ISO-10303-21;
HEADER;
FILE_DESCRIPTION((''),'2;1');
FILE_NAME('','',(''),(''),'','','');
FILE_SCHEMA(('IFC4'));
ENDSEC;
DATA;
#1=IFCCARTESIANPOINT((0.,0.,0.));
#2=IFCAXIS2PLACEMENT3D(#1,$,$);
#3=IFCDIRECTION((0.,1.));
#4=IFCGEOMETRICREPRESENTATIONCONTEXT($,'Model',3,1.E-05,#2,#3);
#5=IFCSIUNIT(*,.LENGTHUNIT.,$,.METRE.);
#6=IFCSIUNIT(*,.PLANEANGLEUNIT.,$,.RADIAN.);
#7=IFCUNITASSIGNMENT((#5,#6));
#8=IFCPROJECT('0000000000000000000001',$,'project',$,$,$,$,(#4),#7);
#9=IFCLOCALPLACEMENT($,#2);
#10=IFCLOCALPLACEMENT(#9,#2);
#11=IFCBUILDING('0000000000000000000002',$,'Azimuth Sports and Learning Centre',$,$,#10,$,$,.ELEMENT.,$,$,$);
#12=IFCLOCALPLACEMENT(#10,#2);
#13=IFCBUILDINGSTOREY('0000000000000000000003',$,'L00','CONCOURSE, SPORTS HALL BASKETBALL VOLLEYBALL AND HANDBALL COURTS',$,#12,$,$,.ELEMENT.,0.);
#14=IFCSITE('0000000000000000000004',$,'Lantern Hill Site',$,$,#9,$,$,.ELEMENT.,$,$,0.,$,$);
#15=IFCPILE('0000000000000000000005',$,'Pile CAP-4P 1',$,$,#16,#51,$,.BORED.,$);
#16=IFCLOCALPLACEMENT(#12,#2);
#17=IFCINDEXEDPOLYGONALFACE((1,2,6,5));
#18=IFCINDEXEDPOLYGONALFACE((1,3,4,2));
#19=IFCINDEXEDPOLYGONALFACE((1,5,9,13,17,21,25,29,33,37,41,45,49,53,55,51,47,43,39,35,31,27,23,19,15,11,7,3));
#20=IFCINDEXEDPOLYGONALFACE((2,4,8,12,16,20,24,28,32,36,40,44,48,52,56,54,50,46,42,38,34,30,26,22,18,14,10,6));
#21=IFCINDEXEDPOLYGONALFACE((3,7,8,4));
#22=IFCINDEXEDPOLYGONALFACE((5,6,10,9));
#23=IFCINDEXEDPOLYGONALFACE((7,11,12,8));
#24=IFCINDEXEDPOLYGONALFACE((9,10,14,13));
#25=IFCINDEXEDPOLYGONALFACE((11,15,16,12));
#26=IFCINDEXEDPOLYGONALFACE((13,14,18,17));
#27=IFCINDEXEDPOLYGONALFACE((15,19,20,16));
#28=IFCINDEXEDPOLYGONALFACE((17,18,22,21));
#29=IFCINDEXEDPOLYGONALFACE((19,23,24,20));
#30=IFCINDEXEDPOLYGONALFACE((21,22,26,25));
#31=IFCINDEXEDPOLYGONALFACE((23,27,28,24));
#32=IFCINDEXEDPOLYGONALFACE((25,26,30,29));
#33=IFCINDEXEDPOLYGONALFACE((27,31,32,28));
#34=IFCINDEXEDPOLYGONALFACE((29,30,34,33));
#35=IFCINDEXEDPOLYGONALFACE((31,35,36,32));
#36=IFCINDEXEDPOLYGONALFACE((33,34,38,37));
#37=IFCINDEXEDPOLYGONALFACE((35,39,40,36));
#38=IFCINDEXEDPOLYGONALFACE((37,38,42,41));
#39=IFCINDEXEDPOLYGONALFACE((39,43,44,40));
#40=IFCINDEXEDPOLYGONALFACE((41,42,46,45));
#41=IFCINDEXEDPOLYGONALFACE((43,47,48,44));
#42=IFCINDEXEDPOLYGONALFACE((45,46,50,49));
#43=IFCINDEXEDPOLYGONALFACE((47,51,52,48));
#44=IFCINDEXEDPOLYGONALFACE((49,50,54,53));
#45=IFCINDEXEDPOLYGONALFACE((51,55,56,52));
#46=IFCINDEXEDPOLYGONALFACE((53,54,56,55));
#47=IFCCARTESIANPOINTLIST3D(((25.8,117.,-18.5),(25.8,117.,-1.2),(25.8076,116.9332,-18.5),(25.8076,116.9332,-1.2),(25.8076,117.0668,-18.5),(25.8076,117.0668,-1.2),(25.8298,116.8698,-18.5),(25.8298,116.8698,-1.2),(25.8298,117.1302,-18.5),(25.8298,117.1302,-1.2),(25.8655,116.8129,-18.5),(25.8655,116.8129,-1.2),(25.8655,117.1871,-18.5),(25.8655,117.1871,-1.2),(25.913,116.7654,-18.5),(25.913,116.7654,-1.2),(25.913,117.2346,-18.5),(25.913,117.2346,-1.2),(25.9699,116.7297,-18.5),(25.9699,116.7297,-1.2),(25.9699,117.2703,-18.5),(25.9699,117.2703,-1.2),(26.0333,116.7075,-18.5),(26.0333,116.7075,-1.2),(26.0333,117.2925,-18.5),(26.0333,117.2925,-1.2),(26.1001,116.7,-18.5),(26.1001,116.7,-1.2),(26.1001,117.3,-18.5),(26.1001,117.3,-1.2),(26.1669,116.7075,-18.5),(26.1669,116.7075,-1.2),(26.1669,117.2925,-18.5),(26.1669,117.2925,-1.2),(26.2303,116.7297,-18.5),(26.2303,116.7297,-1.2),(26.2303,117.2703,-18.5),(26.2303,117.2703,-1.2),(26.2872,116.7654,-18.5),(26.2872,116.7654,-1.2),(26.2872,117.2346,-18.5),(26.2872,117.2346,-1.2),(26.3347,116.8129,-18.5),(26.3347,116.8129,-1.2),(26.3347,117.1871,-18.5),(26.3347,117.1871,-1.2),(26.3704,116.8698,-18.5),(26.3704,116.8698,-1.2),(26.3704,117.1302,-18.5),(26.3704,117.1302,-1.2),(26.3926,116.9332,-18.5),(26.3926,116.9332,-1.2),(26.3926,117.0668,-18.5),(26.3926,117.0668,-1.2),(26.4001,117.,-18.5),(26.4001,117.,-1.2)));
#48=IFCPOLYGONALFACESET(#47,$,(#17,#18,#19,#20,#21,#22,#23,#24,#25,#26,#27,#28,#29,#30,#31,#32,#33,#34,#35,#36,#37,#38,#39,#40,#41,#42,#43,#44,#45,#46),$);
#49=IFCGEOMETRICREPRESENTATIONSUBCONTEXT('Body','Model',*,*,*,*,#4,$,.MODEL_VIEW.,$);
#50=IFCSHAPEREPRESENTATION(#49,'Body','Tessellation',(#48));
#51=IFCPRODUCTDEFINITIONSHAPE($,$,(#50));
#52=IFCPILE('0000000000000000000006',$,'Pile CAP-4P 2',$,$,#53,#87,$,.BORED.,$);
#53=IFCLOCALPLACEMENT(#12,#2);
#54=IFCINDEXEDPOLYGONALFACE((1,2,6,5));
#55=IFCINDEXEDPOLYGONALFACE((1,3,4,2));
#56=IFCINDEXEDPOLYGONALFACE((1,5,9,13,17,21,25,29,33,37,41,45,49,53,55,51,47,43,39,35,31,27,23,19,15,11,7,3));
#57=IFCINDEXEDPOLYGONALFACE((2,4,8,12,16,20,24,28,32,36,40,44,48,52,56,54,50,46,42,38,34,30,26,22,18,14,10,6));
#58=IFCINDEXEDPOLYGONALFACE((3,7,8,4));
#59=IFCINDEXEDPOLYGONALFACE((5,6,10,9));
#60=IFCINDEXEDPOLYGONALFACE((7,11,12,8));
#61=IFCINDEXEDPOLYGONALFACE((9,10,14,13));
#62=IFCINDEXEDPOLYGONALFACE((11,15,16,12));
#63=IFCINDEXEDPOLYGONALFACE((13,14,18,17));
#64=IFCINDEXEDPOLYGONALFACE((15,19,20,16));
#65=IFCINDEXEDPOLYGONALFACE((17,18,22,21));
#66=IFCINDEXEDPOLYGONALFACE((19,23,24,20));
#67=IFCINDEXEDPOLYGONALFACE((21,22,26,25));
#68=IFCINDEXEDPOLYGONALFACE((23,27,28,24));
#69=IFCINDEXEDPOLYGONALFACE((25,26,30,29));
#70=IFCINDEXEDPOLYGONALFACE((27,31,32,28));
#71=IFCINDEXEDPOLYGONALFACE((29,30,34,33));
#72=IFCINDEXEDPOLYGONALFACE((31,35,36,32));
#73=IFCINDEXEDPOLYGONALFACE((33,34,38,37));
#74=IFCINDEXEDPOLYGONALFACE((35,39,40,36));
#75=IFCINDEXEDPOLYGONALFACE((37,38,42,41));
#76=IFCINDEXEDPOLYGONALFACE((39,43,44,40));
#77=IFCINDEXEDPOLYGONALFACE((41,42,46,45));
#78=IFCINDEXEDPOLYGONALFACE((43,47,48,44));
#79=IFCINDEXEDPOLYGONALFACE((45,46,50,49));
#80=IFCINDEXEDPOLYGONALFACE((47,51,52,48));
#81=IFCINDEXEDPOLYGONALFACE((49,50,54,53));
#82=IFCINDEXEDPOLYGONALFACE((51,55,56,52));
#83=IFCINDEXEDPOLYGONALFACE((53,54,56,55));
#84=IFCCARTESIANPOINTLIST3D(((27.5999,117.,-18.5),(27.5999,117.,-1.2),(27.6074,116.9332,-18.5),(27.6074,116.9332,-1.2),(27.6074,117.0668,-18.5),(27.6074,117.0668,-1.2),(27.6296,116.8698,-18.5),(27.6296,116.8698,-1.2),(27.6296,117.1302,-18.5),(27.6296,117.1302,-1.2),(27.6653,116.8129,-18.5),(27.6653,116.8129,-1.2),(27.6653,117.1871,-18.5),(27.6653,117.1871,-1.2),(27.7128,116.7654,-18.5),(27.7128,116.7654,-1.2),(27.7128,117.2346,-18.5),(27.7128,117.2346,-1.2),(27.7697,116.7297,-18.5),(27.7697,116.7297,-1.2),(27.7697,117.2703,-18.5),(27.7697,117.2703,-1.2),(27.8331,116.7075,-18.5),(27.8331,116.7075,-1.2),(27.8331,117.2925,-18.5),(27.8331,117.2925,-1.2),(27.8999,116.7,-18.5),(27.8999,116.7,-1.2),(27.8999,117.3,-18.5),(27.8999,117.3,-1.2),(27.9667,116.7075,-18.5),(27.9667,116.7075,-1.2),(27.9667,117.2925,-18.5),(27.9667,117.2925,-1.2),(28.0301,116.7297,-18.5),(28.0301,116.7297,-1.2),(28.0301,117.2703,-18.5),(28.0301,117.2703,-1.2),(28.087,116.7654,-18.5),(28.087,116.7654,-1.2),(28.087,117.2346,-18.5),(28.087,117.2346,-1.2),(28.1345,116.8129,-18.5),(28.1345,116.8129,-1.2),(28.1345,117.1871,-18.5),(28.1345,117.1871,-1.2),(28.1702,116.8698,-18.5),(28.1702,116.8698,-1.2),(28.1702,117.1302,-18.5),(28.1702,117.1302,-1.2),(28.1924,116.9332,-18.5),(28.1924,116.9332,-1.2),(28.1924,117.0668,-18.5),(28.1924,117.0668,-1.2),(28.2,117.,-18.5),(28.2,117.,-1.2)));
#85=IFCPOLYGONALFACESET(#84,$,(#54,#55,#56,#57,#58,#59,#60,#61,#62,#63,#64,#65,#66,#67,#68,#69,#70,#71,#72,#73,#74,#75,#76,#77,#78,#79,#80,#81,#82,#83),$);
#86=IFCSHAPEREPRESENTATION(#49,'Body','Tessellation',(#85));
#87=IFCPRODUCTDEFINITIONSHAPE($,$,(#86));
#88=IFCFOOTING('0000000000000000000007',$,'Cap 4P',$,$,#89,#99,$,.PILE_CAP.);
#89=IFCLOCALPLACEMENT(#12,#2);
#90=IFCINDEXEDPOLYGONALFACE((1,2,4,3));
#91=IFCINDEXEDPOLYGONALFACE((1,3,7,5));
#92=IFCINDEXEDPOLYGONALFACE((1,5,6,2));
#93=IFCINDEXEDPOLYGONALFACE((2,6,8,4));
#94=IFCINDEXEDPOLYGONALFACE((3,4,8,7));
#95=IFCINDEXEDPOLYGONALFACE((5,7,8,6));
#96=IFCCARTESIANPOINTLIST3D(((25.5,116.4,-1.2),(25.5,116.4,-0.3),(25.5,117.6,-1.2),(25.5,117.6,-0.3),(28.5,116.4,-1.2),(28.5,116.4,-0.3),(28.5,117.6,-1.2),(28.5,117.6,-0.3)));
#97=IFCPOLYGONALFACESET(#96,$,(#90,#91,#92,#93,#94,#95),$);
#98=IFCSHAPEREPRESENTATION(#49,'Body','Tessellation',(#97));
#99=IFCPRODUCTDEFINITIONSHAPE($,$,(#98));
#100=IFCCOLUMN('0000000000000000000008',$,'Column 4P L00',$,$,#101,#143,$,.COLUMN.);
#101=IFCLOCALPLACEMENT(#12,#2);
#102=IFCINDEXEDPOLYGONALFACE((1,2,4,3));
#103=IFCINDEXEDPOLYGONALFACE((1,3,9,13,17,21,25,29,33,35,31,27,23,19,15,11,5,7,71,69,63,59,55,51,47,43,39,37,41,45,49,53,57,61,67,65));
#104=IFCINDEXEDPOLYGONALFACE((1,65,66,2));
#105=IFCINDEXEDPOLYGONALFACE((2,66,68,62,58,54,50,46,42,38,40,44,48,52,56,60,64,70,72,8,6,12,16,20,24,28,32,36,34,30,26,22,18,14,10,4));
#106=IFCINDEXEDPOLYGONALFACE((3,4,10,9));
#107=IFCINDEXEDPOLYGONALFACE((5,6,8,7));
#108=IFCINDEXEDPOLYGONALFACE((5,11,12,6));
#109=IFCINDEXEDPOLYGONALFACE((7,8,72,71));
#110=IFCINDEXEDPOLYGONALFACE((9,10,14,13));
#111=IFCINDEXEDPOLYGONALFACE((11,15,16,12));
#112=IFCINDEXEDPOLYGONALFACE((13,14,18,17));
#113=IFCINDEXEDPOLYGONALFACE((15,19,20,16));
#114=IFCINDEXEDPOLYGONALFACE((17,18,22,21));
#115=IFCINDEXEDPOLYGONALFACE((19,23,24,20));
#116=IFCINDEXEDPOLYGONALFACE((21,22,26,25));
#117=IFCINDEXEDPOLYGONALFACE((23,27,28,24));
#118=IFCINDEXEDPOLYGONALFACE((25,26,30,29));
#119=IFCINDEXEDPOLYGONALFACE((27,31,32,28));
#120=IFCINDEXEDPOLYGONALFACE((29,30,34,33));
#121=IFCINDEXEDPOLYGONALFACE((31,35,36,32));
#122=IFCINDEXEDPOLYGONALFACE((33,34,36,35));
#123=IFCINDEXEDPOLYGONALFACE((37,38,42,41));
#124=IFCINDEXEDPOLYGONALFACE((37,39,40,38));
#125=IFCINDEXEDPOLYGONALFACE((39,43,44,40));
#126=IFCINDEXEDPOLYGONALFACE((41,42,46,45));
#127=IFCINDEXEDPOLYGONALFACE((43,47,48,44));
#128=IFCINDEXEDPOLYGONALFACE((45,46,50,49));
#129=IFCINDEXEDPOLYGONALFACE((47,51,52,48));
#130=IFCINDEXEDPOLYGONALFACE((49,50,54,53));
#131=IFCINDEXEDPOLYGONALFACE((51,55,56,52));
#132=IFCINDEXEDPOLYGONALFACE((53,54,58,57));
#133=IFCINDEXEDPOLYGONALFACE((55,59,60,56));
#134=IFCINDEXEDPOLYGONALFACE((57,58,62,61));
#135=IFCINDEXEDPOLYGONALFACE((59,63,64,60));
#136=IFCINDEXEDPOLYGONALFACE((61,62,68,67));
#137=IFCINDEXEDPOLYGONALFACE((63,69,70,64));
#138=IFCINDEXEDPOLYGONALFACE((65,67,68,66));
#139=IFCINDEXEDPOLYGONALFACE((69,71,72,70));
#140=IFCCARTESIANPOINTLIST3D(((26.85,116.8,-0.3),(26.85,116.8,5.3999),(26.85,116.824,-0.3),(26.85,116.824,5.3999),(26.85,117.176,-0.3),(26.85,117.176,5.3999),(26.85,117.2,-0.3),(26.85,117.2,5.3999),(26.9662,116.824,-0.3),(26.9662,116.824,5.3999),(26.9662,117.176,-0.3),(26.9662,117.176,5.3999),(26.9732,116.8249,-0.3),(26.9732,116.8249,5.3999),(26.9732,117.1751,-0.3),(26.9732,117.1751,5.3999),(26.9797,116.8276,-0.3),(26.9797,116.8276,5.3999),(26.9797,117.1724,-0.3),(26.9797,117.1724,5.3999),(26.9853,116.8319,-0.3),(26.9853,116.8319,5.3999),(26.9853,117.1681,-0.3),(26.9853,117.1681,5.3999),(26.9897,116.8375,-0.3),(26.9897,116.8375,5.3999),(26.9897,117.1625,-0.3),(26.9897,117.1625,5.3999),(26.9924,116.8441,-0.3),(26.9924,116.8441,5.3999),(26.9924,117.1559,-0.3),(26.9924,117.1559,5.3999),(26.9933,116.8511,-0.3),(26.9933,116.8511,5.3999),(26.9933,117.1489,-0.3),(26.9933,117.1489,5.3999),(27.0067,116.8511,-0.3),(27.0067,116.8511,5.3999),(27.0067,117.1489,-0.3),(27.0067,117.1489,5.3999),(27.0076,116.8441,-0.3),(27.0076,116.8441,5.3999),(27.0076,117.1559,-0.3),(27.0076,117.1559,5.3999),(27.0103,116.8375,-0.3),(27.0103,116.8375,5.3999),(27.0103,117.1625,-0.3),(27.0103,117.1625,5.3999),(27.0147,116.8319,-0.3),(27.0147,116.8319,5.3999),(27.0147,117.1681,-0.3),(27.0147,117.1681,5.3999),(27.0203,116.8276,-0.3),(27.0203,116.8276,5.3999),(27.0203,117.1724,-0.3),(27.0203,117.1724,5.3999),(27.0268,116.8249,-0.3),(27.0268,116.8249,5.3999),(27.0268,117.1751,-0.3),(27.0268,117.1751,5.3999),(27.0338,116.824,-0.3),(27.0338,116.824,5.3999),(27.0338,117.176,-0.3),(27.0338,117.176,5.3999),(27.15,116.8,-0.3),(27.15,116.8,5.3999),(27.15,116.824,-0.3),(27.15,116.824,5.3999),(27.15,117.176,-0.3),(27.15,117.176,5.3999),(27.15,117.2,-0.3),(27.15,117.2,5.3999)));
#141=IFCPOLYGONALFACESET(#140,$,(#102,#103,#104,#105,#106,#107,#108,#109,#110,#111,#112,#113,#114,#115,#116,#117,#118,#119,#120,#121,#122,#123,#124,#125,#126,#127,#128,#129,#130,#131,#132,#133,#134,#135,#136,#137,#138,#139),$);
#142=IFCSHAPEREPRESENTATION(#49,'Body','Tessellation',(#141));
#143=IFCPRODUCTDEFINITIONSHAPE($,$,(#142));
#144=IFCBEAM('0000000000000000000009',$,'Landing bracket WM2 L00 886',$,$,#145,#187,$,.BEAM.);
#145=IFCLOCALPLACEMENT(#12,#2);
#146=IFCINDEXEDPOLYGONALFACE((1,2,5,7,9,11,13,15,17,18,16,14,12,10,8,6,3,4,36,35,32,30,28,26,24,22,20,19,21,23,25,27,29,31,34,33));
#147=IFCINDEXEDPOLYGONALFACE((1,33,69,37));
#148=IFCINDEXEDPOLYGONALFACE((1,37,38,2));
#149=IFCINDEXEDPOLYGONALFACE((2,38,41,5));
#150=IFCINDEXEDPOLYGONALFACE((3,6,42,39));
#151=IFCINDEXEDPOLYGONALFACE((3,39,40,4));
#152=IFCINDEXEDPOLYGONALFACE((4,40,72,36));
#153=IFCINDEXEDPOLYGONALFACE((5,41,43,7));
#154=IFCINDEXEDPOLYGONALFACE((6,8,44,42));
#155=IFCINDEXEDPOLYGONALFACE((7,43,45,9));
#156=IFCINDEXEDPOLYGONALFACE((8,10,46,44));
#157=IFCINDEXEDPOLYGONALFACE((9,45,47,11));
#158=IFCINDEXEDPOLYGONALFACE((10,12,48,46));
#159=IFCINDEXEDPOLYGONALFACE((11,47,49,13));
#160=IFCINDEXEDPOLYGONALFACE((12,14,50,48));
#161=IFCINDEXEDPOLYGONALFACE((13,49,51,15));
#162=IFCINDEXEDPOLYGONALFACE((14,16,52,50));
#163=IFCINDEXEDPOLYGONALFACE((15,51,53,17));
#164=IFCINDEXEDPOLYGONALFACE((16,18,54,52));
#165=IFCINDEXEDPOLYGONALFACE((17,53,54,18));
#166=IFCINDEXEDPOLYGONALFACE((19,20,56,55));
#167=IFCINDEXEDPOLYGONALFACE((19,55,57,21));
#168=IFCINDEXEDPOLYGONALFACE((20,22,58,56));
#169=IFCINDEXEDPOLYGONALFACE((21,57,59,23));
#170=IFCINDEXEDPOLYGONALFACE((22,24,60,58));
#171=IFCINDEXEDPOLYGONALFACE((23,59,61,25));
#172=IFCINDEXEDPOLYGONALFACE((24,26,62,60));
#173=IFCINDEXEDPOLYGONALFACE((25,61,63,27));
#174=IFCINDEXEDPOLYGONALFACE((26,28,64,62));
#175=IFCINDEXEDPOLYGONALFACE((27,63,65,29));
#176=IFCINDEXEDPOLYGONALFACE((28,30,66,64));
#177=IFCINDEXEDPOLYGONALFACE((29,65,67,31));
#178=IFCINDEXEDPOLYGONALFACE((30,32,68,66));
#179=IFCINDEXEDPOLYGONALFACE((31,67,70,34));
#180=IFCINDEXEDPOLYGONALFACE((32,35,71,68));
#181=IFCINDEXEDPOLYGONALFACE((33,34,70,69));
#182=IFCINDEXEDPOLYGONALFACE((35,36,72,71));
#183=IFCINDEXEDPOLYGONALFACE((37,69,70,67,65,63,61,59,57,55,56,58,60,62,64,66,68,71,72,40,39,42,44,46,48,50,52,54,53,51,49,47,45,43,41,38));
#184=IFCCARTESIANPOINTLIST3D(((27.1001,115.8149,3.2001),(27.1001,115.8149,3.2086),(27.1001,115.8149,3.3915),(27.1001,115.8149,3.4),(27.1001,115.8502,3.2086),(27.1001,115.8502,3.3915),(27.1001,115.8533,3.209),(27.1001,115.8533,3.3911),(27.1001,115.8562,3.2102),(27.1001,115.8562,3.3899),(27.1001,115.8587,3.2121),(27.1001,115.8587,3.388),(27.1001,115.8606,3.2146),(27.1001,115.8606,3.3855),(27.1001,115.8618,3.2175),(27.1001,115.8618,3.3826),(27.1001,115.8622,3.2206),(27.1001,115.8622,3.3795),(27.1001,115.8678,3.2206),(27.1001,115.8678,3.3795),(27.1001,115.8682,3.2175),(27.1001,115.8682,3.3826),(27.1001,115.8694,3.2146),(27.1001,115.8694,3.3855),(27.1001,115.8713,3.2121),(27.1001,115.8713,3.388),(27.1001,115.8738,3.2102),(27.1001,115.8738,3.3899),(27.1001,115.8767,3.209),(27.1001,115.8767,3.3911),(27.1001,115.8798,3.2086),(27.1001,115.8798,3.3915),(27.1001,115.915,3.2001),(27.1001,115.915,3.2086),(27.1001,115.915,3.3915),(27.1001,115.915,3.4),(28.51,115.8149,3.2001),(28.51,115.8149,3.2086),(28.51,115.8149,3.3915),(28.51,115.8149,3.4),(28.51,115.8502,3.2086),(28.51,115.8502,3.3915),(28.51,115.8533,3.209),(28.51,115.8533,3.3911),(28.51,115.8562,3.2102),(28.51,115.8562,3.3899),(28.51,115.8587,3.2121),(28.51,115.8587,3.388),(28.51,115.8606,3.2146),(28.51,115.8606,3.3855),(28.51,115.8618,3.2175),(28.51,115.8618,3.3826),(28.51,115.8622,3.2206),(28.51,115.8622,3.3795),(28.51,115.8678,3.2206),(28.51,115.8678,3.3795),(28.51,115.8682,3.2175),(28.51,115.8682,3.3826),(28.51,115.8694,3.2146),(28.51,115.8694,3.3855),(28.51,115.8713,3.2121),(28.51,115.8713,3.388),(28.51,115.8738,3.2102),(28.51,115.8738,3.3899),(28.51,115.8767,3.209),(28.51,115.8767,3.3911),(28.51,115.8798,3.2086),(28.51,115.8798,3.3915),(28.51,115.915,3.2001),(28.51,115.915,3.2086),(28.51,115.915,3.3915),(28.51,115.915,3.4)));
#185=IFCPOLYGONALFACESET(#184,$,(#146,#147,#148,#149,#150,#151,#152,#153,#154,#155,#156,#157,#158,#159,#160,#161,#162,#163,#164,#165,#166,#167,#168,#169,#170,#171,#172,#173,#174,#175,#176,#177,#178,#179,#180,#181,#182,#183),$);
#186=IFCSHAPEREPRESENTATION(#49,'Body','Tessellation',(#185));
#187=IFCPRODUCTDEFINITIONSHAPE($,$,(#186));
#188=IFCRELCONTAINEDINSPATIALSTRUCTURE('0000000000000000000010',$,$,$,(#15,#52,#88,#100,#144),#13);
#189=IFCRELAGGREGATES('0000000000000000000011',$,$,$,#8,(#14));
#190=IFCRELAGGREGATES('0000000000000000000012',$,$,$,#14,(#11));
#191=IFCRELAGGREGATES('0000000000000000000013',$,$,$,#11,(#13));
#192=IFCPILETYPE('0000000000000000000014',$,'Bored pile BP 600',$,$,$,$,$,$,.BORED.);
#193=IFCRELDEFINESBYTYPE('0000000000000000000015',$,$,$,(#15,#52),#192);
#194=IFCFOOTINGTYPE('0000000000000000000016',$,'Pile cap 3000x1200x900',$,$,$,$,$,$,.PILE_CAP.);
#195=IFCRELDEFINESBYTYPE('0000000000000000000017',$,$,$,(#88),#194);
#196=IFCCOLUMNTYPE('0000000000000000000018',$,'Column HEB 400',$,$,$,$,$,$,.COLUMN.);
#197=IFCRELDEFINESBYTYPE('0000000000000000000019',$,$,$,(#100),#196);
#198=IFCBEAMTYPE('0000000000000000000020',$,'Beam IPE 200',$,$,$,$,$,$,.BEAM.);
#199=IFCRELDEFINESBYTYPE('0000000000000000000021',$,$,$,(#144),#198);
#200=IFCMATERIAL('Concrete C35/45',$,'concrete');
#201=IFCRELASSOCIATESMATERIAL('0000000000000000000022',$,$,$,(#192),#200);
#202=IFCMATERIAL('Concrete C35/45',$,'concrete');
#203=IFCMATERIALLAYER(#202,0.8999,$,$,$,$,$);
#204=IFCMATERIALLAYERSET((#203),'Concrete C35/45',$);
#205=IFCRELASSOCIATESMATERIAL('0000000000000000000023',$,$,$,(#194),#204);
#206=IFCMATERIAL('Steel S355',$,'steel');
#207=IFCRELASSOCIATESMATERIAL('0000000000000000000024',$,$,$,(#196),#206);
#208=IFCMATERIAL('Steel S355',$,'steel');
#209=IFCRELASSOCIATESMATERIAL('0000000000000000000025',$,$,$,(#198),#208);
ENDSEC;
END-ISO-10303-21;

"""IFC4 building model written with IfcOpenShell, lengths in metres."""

from ifc_helpers import new_model, si_unit, direction, frame, origin, origin_2d, place, context, subcontext, project, spatial, rectangle, circle, i_section, extrude, material, layer, layer_set, material_profile, profile_set, type_object, element, save


model = new_model("IFC4")

# Units and contexts
model_context = context("Model", 3, precision=1e-05, world=origin(), true_north=direction((0.0, 1.0)))
body_context = subcontext(model_context, "Body", "Model", "MODEL_VIEW")
ifc_project = project(units=[si_unit("LENGTHUNIT", "METRE"), si_unit("PLANEANGLEUNIT", "RADIAN")], contexts=[model_context])

# Site, building, storey
site_placement = place(None, origin())
site = spatial("IfcSite", under=ifc_project, at=site_placement, Name="Lantern Hill Site", CompositionType="ELEMENT", RefElevation=0.0)
building_placement = place(site_placement, origin())
building = spatial("IfcBuilding", under=site, at=building_placement, Name="Azimuth Sports and Learning Centre", CompositionType="ELEMENT")
storey_placement = place(building_placement, origin())
storey = spatial("IfcBuildingStorey", under=building, at=storey_placement, Name="L00", Description="CONCOURSE, SPORTS HALL BASKETBALL VOLLEYBALL AND HANDBALL COURTS", CompositionType="ELEMENT", Elevation=0.0)

# Piles
ifc_material_1 = material(Name="Concrete C35/45", Category="concrete")
ifc_material_profile_1 = material_profile(ifc_material_1, circle(Radius=0.3, at=origin_2d()), Name="BP 600")
ifc_profile_set_1 = profile_set([ifc_material_profile_1], Name="Concrete C35/45")
pile_type = type_object("IfcPileType", Name="Bored pile BP 600", PredefinedType="BORED", material=ifc_profile_set_1)
for number, where, z_axis, x_axis, name in (
    (1, (26.1001, 117.0, -1.2), (0.0, 0.0, -1.0), (1.0, 0.0, 0.0), "Pile CAP-4P 1"),
    (2, (27.8999, 117.0, -1.2), (0.0, 0.0, -1.0), (1.0, 0.0, 0.0), "Pile CAP-4P 2"),
):
    element("IfcPile", number, at=place(storey_placement, frame(where, z_axis=z_axis, x_axis=x_axis)), inside=storey, type_object=pile_type, Name=name, PredefinedType="BORED", context=body_context, shape_type="SweptSolid", body=[
        extrude(circle(Radius=0.3, at=origin_2d()), origin(), (0.0, 0.0, 1.0), 17.3),
    ])

# Footing
ifc_material_2 = material(Name="Concrete C35/45", Category="concrete")
ifc_layer_1 = layer(ifc_material_2, 0.8999)
ifc_layer_set_1 = layer_set([ifc_layer_1], Name="Concrete C35/45")
footing_type = type_object("IfcFootingType", Name="Pile cap 3000x1200x900", PredefinedType="PILE_CAP", material=ifc_layer_set_1)
footing_placement = place(storey_placement, frame((27.0, 117.0, -1.2), z_axis=(0.0, 0.0, 1.0), x_axis=(1.0, 0.0, 0.0)))
element("IfcFooting", 3, at=footing_placement, inside=storey, type_object=footing_type, Name="Cap 4P", PredefinedType="PILE_CAP", context=body_context, shape_type="SweptSolid", body=[
    extrude(rectangle(XDim=3.0, YDim=1.2, at=origin_2d()), origin(), (0.0, 0.0, 1.0), 0.8999),
])

# Column
ifc_material_3 = material(Name="Steel S355", Category="steel")
ifc_material_profile_2 = material_profile(ifc_material_3, i_section(OverallWidth=0.3, OverallDepth=0.3999, WebThickness=0.0134, FlangeThickness=0.0239, FilletRadius=0.0271, at=origin_2d()), Name="HEB 400")
ifc_profile_set_2 = profile_set([ifc_material_profile_2], Name="Steel S355")
column_type = type_object("IfcColumnType", Name="Column HEB 400", PredefinedType="COLUMN", material=ifc_profile_set_2)
column_placement = place(storey_placement, frame((27.0, 117.0, -0.3), z_axis=(0.0, 0.0, 1.0), x_axis=(1.0, 0.0, 0.0)))
element("IfcColumn", 4, at=column_placement, inside=storey, type_object=column_type, Name="Column 4P L00", PredefinedType="COLUMN", context=body_context, shape_type="SweptSolid", body=[
    extrude(i_section(OverallWidth=0.3, OverallDepth=0.3999, WebThickness=0.0134, FlangeThickness=0.0239, FilletRadius=0.0271, at=origin_2d()), origin(), (0.0, 0.0, 1.0), 5.7),
])

# Beam
ifc_material_4 = material(Name="Steel S355", Category="steel")
ifc_material_profile_3 = material_profile(ifc_material_4, i_section(OverallWidth=0.1001, OverallDepth=0.2, WebThickness=0.0056, FlangeThickness=0.0085, FilletRadius=0.012, at=origin_2d()), Name="IPE 200")
ifc_profile_set_3 = profile_set([ifc_material_profile_3], Name="Steel S355")
beam_type = type_object("IfcBeamType", Name="Beam IPE 200", PredefinedType="BEAM", material=ifc_profile_set_3)
beam_placement = place(storey_placement, frame((27.1001, 115.865, 3.3), z_axis=(1.0, 0.0, 0.0), x_axis=(0.0, 1.0, 0.0)))
element("IfcBeam", 5, at=beam_placement, inside=storey, type_object=beam_type, Name="Landing bracket WM2 L00 886", PredefinedType="BEAM", context=body_context, shape_type="SweptSolid", body=[
    extrude(i_section(OverallWidth=0.1001, OverallDepth=0.2, WebThickness=0.0056, FlangeThickness=0.0085, FilletRadius=0.012, at=origin_2d()), origin(), (0.0, 0.0, 1.0), 1.4099),
])

save(model, "model.ifc")
